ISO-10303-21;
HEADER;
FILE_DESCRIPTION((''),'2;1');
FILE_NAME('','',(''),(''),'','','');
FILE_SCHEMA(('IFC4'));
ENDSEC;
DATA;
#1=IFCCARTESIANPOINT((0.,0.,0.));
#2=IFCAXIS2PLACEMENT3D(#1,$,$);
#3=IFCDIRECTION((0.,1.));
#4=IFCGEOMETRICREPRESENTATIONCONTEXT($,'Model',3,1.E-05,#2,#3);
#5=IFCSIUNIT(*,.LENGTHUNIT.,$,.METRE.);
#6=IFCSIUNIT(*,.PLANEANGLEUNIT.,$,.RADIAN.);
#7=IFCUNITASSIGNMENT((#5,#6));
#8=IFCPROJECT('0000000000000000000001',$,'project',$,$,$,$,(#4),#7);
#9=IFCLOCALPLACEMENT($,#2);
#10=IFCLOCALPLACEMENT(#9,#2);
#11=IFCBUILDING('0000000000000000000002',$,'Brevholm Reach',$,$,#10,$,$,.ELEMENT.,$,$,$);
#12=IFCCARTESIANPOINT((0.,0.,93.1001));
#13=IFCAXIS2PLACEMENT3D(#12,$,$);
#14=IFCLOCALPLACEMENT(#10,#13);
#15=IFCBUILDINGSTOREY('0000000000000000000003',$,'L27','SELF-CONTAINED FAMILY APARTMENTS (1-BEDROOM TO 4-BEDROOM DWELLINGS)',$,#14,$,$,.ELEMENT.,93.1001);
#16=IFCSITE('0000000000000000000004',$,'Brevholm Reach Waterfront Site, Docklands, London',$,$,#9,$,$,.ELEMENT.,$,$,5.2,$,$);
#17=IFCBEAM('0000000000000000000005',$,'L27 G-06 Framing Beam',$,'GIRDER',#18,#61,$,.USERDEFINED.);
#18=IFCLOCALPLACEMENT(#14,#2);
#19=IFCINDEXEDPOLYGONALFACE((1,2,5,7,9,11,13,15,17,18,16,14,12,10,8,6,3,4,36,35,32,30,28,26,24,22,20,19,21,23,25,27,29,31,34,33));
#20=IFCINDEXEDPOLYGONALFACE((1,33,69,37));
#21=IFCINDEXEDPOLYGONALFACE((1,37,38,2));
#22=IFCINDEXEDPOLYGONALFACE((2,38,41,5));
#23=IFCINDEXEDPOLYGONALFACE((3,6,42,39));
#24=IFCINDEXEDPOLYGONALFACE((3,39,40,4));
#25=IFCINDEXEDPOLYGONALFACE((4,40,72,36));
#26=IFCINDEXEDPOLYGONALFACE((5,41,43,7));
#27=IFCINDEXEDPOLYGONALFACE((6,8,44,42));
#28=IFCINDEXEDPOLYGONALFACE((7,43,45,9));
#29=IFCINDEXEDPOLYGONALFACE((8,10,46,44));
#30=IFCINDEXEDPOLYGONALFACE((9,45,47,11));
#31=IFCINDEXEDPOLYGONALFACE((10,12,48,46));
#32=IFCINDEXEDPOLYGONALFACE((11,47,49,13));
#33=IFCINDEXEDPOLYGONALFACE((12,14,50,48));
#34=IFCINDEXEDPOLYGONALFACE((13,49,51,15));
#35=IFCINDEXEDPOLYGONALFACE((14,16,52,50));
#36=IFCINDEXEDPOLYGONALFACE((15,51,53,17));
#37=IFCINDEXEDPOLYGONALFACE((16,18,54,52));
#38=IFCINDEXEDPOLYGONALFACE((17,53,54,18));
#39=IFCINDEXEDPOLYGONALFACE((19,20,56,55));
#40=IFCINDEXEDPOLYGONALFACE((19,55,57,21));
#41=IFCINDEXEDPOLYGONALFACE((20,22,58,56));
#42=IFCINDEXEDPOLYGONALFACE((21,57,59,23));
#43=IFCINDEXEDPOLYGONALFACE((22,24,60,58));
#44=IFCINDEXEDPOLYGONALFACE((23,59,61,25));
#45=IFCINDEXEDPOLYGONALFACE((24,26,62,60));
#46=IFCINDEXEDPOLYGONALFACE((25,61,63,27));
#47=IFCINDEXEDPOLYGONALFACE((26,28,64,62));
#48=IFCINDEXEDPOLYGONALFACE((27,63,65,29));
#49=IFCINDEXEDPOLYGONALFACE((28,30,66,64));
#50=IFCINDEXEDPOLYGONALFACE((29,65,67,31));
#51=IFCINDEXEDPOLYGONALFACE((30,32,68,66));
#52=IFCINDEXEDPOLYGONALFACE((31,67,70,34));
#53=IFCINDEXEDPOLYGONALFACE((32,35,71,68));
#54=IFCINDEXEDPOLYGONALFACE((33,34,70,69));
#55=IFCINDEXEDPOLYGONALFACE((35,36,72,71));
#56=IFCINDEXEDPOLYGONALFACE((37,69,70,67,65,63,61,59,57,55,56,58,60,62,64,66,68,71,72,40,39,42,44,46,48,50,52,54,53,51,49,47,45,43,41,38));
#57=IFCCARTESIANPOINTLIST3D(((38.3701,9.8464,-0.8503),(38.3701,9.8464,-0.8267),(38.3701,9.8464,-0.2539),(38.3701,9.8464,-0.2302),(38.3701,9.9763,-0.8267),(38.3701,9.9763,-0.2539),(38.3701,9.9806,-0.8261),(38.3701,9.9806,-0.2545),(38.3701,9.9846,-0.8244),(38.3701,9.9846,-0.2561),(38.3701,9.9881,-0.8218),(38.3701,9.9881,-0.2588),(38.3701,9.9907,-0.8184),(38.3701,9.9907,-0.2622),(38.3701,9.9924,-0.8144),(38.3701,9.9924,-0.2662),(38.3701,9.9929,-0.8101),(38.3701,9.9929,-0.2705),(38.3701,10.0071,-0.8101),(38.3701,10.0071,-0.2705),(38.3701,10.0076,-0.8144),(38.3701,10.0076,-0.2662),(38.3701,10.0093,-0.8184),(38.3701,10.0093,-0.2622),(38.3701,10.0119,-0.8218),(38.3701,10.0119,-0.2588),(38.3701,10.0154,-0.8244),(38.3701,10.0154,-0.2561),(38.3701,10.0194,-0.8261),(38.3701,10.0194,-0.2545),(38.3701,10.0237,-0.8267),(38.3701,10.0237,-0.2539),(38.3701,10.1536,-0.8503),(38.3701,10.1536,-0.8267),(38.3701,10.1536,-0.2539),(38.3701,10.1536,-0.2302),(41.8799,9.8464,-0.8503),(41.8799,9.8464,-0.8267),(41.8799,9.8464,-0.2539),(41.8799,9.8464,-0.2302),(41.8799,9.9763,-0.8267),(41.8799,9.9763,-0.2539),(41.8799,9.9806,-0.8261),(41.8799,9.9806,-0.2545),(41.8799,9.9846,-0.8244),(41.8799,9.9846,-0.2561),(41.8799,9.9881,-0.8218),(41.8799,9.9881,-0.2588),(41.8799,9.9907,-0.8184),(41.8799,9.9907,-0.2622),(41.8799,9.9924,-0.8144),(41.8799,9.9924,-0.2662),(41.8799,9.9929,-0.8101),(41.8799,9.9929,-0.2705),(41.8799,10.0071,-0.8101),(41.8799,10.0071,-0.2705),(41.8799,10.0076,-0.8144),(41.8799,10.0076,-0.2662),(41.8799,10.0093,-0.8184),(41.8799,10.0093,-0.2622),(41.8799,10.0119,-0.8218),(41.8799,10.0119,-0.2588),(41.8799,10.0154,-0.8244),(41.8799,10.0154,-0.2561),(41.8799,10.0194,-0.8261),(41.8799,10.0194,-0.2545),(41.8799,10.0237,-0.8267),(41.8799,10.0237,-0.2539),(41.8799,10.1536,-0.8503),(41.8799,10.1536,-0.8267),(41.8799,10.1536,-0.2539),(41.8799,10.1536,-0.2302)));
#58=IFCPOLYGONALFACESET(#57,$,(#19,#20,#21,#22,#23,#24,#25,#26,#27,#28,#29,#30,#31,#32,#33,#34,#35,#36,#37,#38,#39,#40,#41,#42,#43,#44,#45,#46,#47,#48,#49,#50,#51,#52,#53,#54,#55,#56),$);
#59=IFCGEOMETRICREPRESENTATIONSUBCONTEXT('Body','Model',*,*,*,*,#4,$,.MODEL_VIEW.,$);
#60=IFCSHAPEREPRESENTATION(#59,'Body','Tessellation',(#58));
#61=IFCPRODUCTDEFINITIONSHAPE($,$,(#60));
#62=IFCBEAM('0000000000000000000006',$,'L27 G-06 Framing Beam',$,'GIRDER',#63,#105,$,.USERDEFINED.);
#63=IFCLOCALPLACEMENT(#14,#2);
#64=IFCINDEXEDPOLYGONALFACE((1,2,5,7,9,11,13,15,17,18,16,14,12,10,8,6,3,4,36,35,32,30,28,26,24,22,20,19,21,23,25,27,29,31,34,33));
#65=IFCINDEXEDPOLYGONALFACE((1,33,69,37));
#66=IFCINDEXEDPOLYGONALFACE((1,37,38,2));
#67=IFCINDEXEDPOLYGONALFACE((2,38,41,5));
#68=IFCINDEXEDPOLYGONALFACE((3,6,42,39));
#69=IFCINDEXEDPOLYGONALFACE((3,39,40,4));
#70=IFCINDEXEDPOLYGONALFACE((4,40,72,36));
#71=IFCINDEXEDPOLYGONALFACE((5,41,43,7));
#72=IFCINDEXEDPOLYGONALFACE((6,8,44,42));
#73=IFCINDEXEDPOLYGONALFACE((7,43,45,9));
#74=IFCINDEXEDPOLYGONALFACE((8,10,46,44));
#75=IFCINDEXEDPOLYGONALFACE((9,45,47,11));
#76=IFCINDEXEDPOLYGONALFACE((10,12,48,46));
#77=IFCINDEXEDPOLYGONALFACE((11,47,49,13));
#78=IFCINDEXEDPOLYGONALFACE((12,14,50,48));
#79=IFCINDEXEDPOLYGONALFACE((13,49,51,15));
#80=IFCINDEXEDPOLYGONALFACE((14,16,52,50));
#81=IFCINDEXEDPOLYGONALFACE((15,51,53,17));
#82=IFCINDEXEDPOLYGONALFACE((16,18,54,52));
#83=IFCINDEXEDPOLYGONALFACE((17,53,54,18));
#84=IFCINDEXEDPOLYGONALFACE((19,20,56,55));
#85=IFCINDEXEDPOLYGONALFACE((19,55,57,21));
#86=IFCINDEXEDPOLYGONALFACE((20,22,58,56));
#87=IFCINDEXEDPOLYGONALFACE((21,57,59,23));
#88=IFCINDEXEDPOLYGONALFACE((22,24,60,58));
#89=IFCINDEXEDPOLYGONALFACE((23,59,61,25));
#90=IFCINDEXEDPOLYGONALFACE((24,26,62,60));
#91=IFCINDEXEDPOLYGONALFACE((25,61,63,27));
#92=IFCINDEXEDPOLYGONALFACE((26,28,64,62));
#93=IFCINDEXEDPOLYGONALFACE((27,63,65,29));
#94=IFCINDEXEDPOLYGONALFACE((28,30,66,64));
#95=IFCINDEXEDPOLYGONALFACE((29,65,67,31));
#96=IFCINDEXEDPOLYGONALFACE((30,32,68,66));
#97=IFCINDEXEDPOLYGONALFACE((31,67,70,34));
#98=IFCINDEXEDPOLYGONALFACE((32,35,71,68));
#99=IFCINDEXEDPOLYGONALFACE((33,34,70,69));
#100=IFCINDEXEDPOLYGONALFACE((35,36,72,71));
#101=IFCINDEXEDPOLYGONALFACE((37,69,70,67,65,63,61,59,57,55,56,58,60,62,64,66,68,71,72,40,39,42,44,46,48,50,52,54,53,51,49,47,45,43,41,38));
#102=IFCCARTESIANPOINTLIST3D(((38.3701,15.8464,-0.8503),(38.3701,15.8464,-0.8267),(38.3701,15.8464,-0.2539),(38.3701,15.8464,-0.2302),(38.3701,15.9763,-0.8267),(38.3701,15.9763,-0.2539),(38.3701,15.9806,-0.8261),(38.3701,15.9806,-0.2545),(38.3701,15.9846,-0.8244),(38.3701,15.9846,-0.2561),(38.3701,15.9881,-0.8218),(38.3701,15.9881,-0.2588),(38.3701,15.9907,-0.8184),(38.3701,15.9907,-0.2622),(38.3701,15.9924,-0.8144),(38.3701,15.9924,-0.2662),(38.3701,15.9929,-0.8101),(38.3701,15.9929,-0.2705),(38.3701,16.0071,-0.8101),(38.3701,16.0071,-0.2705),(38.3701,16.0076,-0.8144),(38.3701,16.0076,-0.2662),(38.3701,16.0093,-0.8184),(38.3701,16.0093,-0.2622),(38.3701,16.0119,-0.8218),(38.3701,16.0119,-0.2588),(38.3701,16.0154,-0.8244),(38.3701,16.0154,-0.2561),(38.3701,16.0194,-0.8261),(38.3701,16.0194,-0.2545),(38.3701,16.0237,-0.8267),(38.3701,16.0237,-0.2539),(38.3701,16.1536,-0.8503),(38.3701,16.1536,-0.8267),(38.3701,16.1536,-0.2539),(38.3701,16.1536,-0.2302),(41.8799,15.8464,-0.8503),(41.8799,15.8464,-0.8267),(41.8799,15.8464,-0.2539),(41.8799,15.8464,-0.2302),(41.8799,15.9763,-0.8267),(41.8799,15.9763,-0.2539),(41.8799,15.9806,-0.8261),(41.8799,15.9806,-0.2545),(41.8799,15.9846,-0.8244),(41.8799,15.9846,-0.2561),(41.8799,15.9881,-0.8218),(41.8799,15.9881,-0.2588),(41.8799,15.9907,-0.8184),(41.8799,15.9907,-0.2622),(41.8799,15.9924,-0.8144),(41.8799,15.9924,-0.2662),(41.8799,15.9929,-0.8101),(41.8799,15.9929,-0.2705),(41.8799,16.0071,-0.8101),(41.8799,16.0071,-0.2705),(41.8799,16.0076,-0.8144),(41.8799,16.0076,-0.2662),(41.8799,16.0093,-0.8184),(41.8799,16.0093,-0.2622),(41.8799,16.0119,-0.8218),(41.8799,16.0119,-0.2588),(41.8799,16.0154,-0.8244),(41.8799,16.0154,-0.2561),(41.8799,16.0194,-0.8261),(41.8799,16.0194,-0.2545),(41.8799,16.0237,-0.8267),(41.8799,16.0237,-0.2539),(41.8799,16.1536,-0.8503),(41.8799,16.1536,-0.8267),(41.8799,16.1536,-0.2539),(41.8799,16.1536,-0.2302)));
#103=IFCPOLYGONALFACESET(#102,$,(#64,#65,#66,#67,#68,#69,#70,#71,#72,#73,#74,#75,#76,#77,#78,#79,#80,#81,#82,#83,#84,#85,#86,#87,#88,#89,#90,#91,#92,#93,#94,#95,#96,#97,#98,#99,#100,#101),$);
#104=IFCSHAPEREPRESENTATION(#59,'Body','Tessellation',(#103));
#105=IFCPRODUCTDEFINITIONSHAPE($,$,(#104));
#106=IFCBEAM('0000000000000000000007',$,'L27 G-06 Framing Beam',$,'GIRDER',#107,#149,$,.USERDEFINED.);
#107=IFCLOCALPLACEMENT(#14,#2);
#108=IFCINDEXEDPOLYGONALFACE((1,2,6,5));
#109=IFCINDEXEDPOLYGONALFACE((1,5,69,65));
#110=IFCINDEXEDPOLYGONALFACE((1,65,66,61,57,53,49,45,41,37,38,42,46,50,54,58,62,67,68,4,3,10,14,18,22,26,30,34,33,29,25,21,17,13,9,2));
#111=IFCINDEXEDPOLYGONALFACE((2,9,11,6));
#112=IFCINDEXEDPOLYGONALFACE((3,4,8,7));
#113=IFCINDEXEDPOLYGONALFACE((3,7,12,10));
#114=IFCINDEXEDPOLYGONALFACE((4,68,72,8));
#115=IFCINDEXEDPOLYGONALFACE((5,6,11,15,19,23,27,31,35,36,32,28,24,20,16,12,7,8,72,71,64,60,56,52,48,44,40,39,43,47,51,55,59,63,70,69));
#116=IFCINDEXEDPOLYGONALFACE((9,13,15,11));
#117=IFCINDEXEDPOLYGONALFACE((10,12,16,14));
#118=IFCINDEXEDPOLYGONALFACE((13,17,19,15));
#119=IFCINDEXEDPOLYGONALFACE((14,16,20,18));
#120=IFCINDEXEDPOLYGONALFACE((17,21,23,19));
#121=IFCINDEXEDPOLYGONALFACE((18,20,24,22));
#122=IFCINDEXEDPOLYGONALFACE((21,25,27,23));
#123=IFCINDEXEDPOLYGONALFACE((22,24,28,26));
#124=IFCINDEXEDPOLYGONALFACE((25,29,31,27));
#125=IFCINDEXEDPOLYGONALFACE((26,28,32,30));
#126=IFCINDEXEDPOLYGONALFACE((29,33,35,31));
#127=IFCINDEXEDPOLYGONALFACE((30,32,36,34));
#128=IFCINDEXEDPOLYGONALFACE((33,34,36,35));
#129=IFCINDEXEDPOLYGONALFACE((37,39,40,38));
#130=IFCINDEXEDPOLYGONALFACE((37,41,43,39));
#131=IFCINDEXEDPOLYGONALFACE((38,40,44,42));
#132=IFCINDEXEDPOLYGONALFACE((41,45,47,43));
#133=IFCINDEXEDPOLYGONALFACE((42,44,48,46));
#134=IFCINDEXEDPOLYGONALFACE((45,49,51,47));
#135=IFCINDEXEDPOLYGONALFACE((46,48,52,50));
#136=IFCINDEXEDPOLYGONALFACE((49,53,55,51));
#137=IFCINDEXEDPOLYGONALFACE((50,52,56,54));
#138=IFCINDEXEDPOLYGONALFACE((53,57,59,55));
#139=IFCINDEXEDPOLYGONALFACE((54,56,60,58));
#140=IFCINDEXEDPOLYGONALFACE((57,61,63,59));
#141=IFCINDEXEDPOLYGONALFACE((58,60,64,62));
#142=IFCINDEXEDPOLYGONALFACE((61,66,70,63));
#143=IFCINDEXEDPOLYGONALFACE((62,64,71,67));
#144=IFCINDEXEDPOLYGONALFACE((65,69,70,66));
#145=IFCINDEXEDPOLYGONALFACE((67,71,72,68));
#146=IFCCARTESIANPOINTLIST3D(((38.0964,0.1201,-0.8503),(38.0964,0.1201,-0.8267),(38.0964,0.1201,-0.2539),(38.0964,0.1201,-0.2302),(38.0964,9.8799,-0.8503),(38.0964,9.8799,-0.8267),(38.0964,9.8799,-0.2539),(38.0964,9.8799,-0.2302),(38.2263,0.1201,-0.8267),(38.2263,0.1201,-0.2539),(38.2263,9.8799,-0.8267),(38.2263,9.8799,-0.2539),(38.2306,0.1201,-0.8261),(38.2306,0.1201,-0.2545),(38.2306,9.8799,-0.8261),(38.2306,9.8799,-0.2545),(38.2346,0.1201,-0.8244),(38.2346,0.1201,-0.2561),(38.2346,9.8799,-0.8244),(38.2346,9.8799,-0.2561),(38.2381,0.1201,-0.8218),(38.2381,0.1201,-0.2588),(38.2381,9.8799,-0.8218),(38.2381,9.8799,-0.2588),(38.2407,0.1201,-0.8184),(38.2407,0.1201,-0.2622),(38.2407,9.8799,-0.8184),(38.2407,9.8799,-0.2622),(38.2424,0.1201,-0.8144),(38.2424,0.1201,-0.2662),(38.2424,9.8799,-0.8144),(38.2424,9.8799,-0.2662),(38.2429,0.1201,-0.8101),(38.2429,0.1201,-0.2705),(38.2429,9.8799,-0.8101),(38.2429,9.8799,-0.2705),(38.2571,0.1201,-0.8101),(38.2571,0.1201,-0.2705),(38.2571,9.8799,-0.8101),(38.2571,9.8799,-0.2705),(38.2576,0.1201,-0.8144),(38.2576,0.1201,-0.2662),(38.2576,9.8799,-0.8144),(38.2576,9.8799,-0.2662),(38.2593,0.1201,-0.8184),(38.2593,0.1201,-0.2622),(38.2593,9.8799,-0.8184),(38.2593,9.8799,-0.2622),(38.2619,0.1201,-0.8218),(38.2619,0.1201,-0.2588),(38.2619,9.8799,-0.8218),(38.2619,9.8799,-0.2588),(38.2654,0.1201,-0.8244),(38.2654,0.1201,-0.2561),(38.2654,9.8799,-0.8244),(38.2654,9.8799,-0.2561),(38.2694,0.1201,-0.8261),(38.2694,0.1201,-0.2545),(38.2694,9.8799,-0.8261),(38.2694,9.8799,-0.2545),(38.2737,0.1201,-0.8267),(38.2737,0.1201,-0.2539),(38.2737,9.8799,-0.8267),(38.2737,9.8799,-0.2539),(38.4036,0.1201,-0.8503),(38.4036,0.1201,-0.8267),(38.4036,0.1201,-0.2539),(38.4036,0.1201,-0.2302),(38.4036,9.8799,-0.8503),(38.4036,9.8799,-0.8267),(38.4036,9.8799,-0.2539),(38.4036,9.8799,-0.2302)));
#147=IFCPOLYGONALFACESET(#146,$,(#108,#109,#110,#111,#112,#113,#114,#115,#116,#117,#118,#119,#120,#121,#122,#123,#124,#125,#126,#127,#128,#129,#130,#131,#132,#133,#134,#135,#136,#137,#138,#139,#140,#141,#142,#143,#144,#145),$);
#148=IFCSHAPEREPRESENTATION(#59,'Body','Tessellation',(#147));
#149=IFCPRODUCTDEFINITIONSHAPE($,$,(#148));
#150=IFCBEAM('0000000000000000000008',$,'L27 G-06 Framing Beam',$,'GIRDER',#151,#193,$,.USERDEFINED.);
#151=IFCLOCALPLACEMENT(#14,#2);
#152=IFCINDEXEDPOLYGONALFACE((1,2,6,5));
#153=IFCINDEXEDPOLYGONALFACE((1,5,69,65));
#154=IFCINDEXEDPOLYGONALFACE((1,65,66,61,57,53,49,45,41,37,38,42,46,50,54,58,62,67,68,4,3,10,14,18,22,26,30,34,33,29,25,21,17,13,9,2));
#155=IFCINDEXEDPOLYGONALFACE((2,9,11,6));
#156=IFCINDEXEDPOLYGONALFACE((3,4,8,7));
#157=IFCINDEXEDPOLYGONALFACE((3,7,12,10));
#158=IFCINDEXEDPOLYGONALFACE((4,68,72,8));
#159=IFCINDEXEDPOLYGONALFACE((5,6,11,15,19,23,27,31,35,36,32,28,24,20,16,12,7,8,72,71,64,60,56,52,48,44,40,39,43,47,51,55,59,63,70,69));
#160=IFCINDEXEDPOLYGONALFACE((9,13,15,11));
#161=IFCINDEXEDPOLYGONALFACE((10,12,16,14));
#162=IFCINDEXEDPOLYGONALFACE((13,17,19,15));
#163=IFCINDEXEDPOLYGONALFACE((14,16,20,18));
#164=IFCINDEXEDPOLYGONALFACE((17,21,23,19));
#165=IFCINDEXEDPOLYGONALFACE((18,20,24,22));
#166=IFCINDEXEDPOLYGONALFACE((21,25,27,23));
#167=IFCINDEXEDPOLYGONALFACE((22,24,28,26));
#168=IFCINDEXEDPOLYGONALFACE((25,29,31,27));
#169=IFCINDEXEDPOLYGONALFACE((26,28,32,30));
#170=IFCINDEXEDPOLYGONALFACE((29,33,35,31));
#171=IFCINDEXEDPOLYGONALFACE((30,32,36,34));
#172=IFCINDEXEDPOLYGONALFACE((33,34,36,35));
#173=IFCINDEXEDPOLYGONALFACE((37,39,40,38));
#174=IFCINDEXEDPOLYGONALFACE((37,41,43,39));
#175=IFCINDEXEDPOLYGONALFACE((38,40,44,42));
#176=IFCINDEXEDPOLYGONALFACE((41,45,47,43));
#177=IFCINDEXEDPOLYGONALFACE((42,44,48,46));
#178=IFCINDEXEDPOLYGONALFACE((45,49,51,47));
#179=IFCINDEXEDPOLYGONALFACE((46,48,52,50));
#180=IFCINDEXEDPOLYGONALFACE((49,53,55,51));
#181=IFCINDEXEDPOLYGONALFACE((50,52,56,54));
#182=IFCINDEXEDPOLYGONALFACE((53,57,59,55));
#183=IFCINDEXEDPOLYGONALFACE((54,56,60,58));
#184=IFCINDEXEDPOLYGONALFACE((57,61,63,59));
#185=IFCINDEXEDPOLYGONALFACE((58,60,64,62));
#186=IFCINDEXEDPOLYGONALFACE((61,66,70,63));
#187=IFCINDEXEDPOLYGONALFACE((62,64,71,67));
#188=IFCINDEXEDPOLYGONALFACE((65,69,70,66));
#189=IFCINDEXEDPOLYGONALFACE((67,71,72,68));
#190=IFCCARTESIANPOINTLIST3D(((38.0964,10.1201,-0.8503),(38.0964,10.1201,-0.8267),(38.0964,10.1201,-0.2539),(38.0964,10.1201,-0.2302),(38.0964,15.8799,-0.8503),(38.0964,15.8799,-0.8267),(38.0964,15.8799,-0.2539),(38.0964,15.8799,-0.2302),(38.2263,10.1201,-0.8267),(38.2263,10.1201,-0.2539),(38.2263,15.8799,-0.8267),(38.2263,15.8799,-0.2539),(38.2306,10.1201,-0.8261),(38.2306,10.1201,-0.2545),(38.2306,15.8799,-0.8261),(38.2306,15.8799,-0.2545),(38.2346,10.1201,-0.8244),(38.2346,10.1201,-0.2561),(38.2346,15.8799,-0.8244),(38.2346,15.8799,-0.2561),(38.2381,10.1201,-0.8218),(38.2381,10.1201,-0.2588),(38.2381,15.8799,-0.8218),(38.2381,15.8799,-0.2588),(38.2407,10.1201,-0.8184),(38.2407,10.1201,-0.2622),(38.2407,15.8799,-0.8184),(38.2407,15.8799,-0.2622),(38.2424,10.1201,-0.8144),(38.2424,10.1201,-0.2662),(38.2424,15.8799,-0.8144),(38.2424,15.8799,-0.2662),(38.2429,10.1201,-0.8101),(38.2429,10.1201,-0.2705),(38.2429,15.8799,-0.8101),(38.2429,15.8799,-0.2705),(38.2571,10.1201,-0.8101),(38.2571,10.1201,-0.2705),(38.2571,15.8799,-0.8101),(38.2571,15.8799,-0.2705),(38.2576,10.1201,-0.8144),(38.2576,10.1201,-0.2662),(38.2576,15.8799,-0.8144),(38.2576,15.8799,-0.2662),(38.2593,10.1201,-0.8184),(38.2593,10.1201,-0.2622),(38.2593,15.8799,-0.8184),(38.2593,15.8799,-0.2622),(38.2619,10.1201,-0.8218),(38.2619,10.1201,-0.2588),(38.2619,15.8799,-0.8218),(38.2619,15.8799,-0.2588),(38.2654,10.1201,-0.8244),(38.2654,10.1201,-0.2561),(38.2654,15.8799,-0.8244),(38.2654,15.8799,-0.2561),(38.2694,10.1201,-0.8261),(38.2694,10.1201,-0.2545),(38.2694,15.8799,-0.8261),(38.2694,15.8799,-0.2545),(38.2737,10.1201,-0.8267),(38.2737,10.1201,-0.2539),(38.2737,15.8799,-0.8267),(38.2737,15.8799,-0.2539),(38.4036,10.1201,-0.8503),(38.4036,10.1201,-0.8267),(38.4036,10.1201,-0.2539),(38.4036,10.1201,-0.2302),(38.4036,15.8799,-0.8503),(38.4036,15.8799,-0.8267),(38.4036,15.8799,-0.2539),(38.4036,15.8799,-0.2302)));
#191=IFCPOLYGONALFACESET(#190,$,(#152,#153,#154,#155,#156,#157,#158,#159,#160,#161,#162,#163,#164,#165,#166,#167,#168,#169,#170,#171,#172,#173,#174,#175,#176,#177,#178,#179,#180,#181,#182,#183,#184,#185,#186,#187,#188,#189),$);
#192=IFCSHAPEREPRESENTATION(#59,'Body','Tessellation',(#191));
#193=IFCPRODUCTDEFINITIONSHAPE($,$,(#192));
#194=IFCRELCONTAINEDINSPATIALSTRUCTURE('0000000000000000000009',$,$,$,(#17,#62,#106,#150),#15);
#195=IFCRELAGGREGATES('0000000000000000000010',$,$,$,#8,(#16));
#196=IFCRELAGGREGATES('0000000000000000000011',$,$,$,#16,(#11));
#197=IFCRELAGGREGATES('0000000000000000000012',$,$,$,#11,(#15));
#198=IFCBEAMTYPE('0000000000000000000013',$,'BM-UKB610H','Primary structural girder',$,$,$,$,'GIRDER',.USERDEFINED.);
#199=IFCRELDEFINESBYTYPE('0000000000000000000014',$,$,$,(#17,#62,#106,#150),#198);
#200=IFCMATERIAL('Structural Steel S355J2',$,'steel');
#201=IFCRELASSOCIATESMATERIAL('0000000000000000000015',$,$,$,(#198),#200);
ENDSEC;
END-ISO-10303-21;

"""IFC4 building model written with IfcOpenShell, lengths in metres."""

from ifc_helpers import new_model, si_unit, direction, frame, origin, origin_2d, place, context, subcontext, project, spatial, i_section, extrude, material, material_profile, profile_set, type_object, element, save


model = new_model("IFC4")

# Units and contexts
model_context = context("Model", 3, precision=1e-05, world=origin(), true_north=direction((0.0, 1.0)))
body_context = subcontext(model_context, "Body", "Model", "MODEL_VIEW")
ifc_project = project(units=[si_unit("LENGTHUNIT", "METRE"), si_unit("PLANEANGLEUNIT", "RADIAN")], contexts=[model_context])

# Site, building, storey
site_placement = place(None, origin())
site = spatial("IfcSite", under=ifc_project, at=site_placement, Name="Brevholm Reach Waterfront Site, Docklands, London", CompositionType="ELEMENT", RefElevation=5.2)
building_placement = place(site_placement, origin())
building = spatial("IfcBuilding", under=site, at=building_placement, Name="Brevholm Reach", CompositionType="ELEMENT")
storey_placement = place(building_placement, frame((0.0, 0.0, 93.1001)))
storey = spatial("IfcBuildingStorey", under=building, at=storey_placement, Name="L27", Description="SELF-CONTAINED FAMILY APARTMENTS (1-BEDROOM TO 4-BEDROOM DWELLINGS)", CompositionType="ELEMENT", Elevation=93.1001)

# Beams
ifc_material_1 = material(Name="Structural Steel S355J2", Category="steel")
ifc_material_profile_1 = material_profile(ifc_material_1, i_section(OverallWidth=0.3071, OverallDepth=0.6201, WebThickness=0.0142, FlangeThickness=0.0237, FilletRadius=0.0166, at=origin_2d()), Name="UKB 610x305x179")
ifc_profile_set_1 = profile_set([ifc_material_profile_1], Name="Structural Steel S355J2")
beam_type_1 = type_object("IfcBeamType", Name="BM-UKB610H", Description="Primary structural girder", ElementType="GIRDER", PredefinedType="USERDEFINED", material=ifc_profile_set_1)
for number, where, z_axis, x_axis, name in (
    (1, (38.3701, 10.0, -0.5403), (1.0, 0.0, 0.0), (0.0, 1.0, 0.0), "L27 G-06 Framing Beam"),
    (2, (38.3701, 16.0, -0.5403), (1.0, 0.0, 0.0), (0.0, 1.0, 0.0), "L27 G-06 Framing Beam"),
):
    element("IfcBeam", number, at=place(storey_placement, frame(where, z_axis=z_axis, x_axis=x_axis)), inside=storey, type_object=beam_type_1, Name=name, ObjectType="GIRDER", PredefinedType="USERDEFINED", context=body_context, shape_type="SweptSolid", body=[
        extrude(i_section(OverallWidth=0.3071, OverallDepth=0.6201, WebThickness=0.0142, FlangeThickness=0.0237, FilletRadius=0.0166, at=origin_2d()), origin(), (0.0, 0.0, 1.0), 3.5098),
    ])
beam_1_placement = place(storey_placement, frame((38.25, 0.1201, -0.5403), z_axis=(0.0, 1.0, 0.0), x_axis=(-1.0, 0.0, 0.0)))
element("IfcBeam", 3, at=beam_1_placement, inside=storey, type_object=beam_type_1, Name="L27 G-06 Framing Beam", ObjectType="GIRDER", PredefinedType="USERDEFINED", context=body_context, shape_type="SweptSolid", body=[
    extrude(i_section(OverallWidth=0.3071, OverallDepth=0.6201, WebThickness=0.0142, FlangeThickness=0.0237, FilletRadius=0.0166, at=origin_2d()), origin(), (0.0, 0.0, 1.0), 9.7598),
])
beam_2_placement = place(storey_placement, frame((38.25, 10.1201, -0.5403), z_axis=(0.0, 1.0, 0.0), x_axis=(-1.0, 0.0, 0.0)))
element("IfcBeam", 4, at=beam_2_placement, inside=storey, type_object=beam_type_1, Name="L27 G-06 Framing Beam", ObjectType="GIRDER", PredefinedType="USERDEFINED", context=body_context, shape_type="SweptSolid", body=[
    extrude(i_section(OverallWidth=0.3071, OverallDepth=0.6201, WebThickness=0.0142, FlangeThickness=0.0237, FilletRadius=0.0166, at=origin_2d()), origin(), (0.0, 0.0, 1.0), 5.7598),
])

save(model, "model.ifc")
